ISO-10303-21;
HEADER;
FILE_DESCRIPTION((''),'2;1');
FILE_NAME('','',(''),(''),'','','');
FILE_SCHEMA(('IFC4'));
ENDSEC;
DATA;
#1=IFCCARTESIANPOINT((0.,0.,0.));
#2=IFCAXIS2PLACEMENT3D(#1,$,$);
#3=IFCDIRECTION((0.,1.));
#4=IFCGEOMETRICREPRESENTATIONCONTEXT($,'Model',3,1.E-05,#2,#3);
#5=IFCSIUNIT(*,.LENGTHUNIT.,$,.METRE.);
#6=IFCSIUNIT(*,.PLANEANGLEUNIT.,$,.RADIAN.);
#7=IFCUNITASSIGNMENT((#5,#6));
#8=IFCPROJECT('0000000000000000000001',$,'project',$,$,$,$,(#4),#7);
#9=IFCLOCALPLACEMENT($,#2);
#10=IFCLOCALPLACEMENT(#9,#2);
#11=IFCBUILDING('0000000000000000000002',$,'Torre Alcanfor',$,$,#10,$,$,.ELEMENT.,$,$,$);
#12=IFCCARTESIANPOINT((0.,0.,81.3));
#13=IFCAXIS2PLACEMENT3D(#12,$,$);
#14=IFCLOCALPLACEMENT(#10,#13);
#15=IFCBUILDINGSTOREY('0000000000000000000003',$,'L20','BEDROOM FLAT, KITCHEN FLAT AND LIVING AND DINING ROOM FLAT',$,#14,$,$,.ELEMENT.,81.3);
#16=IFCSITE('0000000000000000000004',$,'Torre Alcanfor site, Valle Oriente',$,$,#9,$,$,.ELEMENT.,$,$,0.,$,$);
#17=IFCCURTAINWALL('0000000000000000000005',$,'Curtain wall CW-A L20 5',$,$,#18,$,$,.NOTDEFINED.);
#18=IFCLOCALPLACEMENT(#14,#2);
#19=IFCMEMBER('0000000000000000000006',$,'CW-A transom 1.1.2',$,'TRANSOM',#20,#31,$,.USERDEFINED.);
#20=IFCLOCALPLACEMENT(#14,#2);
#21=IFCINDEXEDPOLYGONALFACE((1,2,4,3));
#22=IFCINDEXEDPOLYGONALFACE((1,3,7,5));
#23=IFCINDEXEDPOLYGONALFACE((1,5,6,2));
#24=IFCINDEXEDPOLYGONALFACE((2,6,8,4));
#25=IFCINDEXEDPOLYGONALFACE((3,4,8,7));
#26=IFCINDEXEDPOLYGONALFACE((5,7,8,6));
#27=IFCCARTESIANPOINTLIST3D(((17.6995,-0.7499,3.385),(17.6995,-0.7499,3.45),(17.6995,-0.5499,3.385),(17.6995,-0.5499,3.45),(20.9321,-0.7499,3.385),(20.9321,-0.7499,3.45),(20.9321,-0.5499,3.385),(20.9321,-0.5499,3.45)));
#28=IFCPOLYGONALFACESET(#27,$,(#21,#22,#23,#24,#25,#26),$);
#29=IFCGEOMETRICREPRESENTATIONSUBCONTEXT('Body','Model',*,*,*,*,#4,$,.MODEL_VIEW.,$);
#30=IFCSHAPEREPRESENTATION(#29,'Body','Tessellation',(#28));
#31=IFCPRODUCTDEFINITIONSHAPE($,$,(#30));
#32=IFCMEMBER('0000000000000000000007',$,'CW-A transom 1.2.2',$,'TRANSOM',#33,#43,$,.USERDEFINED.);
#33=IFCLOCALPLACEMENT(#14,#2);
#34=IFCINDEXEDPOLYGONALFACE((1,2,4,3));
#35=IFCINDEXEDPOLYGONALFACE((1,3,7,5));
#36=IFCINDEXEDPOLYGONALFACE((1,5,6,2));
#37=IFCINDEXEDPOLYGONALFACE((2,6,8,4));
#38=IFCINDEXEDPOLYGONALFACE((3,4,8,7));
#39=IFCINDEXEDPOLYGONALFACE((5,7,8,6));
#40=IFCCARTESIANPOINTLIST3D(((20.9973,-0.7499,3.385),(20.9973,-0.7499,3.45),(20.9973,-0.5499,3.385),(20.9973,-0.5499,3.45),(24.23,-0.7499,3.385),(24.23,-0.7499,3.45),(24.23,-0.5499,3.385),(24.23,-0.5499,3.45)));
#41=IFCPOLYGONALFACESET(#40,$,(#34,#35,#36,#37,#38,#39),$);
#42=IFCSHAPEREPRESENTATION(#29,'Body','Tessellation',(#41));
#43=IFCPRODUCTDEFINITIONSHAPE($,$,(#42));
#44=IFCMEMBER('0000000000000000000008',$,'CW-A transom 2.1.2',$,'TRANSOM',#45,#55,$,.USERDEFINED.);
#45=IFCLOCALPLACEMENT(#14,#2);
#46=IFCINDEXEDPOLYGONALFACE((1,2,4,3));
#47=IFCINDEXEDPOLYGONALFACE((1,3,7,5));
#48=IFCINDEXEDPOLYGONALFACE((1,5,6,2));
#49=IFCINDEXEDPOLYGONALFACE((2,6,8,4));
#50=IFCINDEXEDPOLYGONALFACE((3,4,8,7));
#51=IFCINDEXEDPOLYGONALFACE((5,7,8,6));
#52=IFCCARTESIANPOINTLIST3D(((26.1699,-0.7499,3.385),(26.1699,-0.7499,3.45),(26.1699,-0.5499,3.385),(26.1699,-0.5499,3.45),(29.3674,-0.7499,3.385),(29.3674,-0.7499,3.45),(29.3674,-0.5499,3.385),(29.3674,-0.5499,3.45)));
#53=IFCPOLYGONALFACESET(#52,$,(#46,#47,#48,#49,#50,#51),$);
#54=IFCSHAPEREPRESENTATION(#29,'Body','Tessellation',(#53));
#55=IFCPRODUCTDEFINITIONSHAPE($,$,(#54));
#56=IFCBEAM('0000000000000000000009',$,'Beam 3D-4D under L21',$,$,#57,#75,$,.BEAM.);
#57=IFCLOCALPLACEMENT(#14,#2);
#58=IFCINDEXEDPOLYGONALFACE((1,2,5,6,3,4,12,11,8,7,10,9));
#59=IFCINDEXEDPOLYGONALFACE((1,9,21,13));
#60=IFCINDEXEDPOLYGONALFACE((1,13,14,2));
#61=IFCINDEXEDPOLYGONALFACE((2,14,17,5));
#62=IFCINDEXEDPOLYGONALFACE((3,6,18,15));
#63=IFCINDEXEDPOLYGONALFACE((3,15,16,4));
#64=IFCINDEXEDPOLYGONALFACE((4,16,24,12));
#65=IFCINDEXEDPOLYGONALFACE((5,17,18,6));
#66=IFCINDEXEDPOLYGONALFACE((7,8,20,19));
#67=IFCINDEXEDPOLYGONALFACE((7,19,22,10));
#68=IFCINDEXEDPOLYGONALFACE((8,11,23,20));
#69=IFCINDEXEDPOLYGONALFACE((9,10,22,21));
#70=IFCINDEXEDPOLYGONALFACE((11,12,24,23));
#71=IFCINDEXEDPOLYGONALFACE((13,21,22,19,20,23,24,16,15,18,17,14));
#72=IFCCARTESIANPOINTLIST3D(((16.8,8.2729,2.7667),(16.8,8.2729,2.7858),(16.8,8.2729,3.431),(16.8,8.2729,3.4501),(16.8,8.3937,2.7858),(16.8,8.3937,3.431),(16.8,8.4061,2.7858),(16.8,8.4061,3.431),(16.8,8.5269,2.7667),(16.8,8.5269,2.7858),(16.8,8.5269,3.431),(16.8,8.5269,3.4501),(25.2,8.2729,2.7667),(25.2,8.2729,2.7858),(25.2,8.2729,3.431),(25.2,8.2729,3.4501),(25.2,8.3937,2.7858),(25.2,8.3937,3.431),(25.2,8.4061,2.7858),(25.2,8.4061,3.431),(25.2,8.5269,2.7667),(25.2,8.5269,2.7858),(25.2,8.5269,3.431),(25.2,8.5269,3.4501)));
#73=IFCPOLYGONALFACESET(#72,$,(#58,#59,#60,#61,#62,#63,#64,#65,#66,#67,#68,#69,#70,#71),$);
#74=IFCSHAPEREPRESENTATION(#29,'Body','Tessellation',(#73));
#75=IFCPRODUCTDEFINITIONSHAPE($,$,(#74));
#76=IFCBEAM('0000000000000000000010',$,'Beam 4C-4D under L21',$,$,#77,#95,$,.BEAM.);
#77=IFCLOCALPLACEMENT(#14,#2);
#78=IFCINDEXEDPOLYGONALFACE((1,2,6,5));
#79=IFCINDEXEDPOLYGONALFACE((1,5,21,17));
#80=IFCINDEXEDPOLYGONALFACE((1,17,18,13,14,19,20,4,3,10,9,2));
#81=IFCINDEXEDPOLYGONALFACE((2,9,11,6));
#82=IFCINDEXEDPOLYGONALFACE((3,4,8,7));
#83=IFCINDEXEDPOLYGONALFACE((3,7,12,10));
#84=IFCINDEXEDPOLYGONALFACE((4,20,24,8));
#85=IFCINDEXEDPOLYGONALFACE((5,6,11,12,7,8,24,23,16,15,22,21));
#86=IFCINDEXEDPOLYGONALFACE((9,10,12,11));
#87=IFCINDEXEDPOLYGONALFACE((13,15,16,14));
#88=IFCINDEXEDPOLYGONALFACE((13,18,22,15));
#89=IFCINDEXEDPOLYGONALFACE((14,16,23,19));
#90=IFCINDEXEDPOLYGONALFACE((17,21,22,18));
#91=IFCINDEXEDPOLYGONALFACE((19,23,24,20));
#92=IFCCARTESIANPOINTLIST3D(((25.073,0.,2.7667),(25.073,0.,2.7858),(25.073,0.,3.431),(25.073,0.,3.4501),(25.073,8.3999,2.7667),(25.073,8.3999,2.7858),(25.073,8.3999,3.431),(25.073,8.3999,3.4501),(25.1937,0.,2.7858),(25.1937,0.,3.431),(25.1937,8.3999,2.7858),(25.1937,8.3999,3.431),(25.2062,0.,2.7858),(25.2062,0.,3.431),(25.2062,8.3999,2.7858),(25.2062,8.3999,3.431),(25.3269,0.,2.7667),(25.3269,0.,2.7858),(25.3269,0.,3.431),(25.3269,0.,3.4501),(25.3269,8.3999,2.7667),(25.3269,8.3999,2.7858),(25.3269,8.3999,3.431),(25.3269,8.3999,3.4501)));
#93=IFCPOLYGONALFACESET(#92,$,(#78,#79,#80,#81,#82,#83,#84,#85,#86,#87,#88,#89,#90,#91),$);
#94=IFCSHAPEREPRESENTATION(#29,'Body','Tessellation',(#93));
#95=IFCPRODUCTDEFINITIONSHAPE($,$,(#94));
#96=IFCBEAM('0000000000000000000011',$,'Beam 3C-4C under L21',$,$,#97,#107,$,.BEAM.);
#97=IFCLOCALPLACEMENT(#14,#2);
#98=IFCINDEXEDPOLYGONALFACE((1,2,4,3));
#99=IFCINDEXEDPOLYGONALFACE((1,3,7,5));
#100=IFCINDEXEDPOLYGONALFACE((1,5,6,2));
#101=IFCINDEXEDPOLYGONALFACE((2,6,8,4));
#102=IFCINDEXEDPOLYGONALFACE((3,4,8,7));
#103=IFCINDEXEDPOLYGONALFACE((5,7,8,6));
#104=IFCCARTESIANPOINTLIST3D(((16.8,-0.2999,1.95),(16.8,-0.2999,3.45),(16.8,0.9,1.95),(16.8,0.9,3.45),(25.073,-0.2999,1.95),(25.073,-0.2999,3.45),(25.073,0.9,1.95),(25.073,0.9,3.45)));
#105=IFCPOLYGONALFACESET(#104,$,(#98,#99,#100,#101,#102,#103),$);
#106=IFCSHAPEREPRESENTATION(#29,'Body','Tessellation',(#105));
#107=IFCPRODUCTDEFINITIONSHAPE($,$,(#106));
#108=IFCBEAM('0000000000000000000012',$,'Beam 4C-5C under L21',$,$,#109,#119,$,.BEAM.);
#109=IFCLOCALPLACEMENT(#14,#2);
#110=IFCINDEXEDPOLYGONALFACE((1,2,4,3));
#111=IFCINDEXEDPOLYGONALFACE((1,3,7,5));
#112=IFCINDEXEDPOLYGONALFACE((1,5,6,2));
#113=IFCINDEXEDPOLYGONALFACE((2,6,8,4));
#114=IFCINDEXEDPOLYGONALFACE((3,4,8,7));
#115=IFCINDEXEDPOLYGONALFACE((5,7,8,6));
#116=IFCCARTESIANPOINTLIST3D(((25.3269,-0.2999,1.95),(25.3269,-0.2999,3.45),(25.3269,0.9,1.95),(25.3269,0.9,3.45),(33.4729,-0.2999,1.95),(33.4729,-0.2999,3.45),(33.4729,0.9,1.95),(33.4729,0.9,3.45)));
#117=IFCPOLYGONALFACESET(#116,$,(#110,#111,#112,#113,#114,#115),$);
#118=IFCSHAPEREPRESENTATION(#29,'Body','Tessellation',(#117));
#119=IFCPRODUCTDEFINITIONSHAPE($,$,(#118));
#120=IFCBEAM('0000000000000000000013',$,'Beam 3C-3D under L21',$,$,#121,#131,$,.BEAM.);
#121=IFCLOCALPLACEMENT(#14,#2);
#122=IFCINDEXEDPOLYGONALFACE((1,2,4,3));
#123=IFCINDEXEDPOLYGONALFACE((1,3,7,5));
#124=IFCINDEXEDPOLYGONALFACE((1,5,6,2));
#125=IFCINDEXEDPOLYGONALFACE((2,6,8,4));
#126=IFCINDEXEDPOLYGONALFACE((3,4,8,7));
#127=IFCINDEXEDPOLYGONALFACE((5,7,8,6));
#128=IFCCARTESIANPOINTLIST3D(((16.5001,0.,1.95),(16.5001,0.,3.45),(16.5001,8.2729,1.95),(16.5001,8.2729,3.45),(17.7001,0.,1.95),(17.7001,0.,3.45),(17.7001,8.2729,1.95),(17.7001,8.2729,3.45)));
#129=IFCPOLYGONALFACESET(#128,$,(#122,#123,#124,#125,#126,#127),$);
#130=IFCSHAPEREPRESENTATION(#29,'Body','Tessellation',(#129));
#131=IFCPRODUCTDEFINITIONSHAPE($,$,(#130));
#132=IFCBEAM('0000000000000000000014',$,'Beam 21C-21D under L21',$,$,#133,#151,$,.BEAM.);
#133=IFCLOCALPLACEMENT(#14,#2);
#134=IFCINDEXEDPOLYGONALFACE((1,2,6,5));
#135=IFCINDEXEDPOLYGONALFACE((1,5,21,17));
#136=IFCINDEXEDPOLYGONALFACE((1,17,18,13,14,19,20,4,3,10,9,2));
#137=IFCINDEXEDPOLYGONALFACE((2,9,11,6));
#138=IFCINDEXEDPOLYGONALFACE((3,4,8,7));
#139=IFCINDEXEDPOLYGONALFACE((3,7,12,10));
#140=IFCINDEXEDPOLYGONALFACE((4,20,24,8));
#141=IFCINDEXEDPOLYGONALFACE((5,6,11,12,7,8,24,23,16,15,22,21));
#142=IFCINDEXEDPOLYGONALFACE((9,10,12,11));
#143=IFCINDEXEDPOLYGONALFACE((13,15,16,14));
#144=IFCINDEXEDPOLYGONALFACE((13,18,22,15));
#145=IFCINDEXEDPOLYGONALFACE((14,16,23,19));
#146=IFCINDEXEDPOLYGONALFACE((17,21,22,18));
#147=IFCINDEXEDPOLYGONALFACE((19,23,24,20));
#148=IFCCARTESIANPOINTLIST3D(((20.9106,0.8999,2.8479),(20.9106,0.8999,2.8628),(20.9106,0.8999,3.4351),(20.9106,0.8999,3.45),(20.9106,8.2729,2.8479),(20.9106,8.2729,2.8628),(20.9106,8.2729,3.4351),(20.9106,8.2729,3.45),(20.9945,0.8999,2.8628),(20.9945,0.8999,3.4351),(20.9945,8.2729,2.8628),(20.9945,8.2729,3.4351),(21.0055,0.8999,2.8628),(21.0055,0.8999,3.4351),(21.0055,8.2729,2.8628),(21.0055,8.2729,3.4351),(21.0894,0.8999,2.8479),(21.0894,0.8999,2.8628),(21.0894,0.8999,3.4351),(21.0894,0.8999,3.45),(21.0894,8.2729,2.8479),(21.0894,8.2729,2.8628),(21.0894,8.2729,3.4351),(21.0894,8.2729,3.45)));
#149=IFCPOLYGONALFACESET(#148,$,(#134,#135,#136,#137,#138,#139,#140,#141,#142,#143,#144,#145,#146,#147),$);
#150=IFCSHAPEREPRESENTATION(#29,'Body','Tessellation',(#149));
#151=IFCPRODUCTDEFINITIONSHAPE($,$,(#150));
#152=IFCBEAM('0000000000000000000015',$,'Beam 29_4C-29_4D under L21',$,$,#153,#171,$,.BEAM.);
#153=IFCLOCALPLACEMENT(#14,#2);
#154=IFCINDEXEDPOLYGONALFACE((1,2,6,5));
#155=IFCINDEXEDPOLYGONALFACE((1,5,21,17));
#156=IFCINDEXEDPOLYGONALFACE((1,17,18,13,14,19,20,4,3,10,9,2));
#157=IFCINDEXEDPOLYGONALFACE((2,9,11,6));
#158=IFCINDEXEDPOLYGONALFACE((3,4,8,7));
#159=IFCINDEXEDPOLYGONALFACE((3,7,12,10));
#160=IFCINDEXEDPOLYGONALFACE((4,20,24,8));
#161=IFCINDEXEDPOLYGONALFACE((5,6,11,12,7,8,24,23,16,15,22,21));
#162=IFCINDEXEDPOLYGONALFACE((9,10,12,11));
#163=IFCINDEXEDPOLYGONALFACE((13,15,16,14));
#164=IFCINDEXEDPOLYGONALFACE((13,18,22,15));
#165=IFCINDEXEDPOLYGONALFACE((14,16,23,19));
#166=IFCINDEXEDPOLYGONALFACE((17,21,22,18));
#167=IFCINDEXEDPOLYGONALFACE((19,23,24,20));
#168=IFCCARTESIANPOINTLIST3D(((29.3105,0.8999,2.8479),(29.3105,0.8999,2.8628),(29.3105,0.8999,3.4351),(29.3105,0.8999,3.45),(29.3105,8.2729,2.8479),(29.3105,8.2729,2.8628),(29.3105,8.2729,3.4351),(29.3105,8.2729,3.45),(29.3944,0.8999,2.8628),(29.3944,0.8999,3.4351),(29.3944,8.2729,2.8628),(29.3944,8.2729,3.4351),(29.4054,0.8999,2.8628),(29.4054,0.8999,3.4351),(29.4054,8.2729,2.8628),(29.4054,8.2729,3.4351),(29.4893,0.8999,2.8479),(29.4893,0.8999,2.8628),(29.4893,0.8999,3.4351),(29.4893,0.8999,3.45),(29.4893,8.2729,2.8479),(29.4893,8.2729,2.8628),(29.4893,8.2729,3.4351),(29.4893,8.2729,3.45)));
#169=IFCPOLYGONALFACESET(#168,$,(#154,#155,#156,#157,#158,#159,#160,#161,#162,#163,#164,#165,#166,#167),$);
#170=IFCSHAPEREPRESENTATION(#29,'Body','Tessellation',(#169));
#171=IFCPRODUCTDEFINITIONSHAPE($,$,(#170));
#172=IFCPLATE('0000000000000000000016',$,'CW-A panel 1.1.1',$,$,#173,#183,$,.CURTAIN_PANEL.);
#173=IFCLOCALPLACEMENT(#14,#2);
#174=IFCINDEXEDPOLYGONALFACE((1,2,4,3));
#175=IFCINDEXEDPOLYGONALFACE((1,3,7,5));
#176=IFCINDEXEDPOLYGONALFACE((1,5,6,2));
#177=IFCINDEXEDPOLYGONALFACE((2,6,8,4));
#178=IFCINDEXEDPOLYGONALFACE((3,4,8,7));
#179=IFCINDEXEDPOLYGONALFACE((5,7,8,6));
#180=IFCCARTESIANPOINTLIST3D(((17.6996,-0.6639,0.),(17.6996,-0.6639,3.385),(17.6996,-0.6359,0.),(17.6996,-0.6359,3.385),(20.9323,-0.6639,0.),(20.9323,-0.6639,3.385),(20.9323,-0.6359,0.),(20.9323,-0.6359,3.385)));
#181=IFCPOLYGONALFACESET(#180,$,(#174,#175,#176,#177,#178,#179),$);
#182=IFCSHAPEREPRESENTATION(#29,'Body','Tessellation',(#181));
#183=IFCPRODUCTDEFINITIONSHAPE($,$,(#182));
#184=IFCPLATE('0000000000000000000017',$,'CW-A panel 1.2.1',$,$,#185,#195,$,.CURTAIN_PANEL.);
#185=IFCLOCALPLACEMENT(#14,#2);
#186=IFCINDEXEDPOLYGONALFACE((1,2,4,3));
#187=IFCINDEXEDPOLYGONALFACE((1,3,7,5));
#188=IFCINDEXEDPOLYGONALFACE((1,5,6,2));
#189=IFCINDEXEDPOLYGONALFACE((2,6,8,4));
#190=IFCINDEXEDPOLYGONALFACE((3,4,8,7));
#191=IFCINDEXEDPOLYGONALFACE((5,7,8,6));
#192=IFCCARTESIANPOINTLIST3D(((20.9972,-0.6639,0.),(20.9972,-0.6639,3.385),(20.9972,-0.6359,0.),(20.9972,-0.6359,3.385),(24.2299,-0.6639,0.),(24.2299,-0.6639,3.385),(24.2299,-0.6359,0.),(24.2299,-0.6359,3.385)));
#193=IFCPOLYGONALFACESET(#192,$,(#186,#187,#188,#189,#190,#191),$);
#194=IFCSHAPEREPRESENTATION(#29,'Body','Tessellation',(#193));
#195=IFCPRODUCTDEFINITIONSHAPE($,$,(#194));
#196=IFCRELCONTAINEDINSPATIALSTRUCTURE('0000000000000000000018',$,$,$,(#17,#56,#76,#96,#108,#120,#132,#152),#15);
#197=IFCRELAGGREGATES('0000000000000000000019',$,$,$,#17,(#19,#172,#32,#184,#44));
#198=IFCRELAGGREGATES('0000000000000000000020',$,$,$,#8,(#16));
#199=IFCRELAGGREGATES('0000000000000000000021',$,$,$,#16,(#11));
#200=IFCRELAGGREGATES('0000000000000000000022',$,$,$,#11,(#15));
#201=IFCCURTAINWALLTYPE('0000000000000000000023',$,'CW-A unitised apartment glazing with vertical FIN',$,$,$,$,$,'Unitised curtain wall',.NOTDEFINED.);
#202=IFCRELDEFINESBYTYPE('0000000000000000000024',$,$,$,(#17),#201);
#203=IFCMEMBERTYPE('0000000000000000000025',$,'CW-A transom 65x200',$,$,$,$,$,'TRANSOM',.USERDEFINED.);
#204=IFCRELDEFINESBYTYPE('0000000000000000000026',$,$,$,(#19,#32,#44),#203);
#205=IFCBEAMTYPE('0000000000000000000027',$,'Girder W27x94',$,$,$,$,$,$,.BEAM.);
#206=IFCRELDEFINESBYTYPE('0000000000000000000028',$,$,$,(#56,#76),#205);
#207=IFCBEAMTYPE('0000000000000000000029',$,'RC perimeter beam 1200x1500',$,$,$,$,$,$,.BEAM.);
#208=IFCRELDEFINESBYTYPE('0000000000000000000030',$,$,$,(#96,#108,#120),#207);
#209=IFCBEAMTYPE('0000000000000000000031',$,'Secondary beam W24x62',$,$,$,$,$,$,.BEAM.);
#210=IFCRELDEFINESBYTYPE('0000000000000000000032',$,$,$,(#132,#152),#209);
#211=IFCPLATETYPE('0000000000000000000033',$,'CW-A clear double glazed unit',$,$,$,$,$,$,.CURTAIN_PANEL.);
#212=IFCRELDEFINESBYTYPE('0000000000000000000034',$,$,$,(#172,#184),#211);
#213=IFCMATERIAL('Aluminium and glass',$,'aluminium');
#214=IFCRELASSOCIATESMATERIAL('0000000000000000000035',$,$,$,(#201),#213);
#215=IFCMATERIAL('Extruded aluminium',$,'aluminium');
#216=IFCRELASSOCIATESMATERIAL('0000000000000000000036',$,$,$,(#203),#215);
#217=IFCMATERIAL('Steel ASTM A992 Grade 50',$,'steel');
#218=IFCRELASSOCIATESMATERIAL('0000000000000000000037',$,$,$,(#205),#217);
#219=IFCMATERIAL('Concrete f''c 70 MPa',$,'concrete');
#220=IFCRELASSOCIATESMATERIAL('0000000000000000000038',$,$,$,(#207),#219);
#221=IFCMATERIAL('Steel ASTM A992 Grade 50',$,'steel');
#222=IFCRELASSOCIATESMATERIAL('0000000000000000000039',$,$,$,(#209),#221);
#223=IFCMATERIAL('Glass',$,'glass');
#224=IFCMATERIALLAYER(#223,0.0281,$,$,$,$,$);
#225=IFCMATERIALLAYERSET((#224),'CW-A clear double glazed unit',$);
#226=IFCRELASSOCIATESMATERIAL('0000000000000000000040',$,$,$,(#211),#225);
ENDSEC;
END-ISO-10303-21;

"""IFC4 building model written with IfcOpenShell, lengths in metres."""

from ifc_helpers import new_model, si_unit, direction, frame, origin, origin_2d, place, context, subcontext, project, spatial, rectangle, i_section, extrude, material, layer, layer_set, material_profile, profile_set, type_object, element, aggregate, save


model = new_model("IFC4")

# Units and contexts
model_context = context("Model", 3, precision=1e-05, world=origin(), true_north=direction((0.0, 1.0)))
body_context = subcontext(model_context, "Body", "Model", "MODEL_VIEW")
ifc_project = project(units=[si_unit("LENGTHUNIT", "METRE"), si_unit("PLANEANGLEUNIT", "RADIAN")], contexts=[model_context])

# Site, building, storey
site_placement = place(None, origin())
site = spatial("IfcSite", under=ifc_project, at=site_placement, Name="Torre Alcanfor site, Valle Oriente", CompositionType="ELEMENT", RefElevation=0.0)
building_placement = place(site_placement, origin())
building = spatial("IfcBuilding", under=site, at=building_placement, Name="Torre Alcanfor", CompositionType="ELEMENT")
storey_placement = place(building_placement, frame((0.0, 0.0, 81.3)))
storey = spatial("IfcBuildingStorey", under=building, at=storey_placement, Name="L20", Description="BEDROOM FLAT, KITCHEN FLAT AND LIVING AND DINING ROOM FLAT", CompositionType="ELEMENT", Elevation=81.3)

# Curtain wall, members
ifc_material_1 = material(Name="Aluminium and glass", Category="aluminium")
curtain_wall_type = type_object("IfcCurtainWallType", Name="CW-A unitised apartment glazing with vertical FIN", ElementType="Unitised curtain wall", PredefinedType="NOTDEFINED", material=ifc_material_1)
curtain_wall_placement = place(storey_placement, origin())
curtain_wall = element("IfcCurtainWall", 1, at=curtain_wall_placement, inside=storey, type_object=curtain_wall_type, Name="Curtain wall CW-A L20 5", PredefinedType="NOTDEFINED")
ifc_material_2 = material(Name="Extruded aluminium", Category="aluminium")
ifc_material_profile_1 = material_profile(ifc_material_2, rectangle(XDim=0.2, YDim=0.0649, at=origin_2d()), Name="CW-A transom 200x65")
ifc_profile_set_1 = profile_set([ifc_material_profile_1], Name="Extruded aluminium")
member_type_1 = type_object("IfcMemberType", Name="CW-A transom 65x200", ElementType="TRANSOM", PredefinedType="USERDEFINED", material=ifc_profile_set_1)
member_1_placement = place(storey_placement, frame((17.6995, -0.6499, 3.4175), z_axis=(1.0, 0.0, 0.0), x_axis=(0.0, 1.0, 0.0)))
member_1 = element("IfcMember", 2, at=member_1_placement, type_object=member_type_1, Name="CW-A transom 1.1.2", ObjectType="TRANSOM", PredefinedType="USERDEFINED", context=body_context, shape_type="SweptSolid", body=[
    extrude(rectangle(XDim=0.2, YDim=0.0649, at=origin_2d()), origin(), (0.0, 0.0, 1.0), 3.2327),
])
member_2_placement = place(storey_placement, frame((20.9973, -0.6499, 3.4175), z_axis=(1.0, 0.0, 0.0), x_axis=(0.0, 1.0, 0.0)))
member_2 = element("IfcMember", 3, at=member_2_placement, type_object=member_type_1, Name="CW-A transom 1.2.2", ObjectType="TRANSOM", PredefinedType="USERDEFINED", context=body_context, shape_type="SweptSolid", body=[
    extrude(rectangle(XDim=0.2, YDim=0.0649, at=origin_2d()), origin(), (0.0, 0.0, 1.0), 3.2327),
])
member_3_placement = place(storey_placement, frame((26.1699, -0.6499, 3.4175), z_axis=(1.0, 0.0, 0.0), x_axis=(0.0, 1.0, 0.0)))
member_3 = element("IfcMember", 4, at=member_3_placement, type_object=member_type_1, Name="CW-A transom 2.1.2", ObjectType="TRANSOM", PredefinedType="USERDEFINED", context=body_context, shape_type="SweptSolid", body=[
    extrude(rectangle(XDim=0.2, YDim=0.0649, at=origin_2d()), origin(), (0.0, 0.0, 1.0), 3.1975),
])

# Beams
ifc_material_3 = material(Name="Steel ASTM A992 Grade 50", Category="steel")
ifc_material_profile_2 = material_profile(ifc_material_3, i_section(OverallWidth=0.2539, OverallDepth=0.6833, WebThickness=0.0125, FlangeThickness=0.019, at=origin_2d()), Name="W27x94")
ifc_profile_set_2 = profile_set([ifc_material_profile_2], Name="Steel ASTM A992 Grade 50")
beam_type_1 = type_object("IfcBeamType", Name="Girder W27x94", PredefinedType="BEAM", material=ifc_profile_set_2)
for number, where, z_axis, x_axis, name in (
    (5, (16.8, 8.3999, 3.1084), (1.0, 0.0, 0.0), (0.0, 1.0, 0.0), "Beam 3D-4D under L21"),
    (6, (25.2, 0.0, 3.1084), (0.0, 1.0, 0.0), (-1.0, 0.0, 0.0), "Beam 4C-4D under L21"),
):
    element("IfcBeam", number, at=place(storey_placement, frame(where, z_axis=z_axis, x_axis=x_axis)), inside=storey, type_object=beam_type_1, Name=name, PredefinedType="BEAM", context=body_context, shape_type="SweptSolid", body=[
        extrude(i_section(OverallWidth=0.2539, OverallDepth=0.6833, WebThickness=0.0125, FlangeThickness=0.019, at=origin_2d()), origin(), (0.0, 0.0, 1.0), 8.3999),
    ])
ifc_material_4 = material(Name="Concrete f'c 70 MPa", Category="concrete")
ifc_material_profile_3 = material_profile(ifc_material_4, rectangle(XDim=1.2, YDim=1.5, at=origin_2d()), Name="1200x1500")
ifc_profile_set_3 = profile_set([ifc_material_profile_3], Name="Concrete f'c 70 MPa")
beam_type_2 = type_object("IfcBeamType", Name="RC perimeter beam 1200x1500", PredefinedType="BEAM", material=ifc_profile_set_3)
beam_1_placement = place(storey_placement, frame((16.8, 0.3, 2.7), z_axis=(1.0, 0.0, 0.0), x_axis=(0.0, 1.0, 0.0)))
element("IfcBeam", 7, at=beam_1_placement, inside=storey, type_object=beam_type_2, Name="Beam 3C-4C under L21", PredefinedType="BEAM", context=body_context, shape_type="SweptSolid", body=[
    extrude(rectangle(XDim=1.2, YDim=1.5, at=origin_2d()), origin(), (0.0, 0.0, 1.0), 8.2729),
])
beam_2_placement = place(storey_placement, frame((25.3269, 0.3, 2.7), z_axis=(1.0, 0.0, 0.0), x_axis=(0.0, 1.0, 0.0)))
element("IfcBeam", 8, at=beam_2_placement, inside=storey, type_object=beam_type_2, Name="Beam 4C-5C under L21", PredefinedType="BEAM", context=body_context, shape_type="SweptSolid", body=[
    extrude(rectangle(XDim=1.2, YDim=1.5, at=origin_2d()), origin(), (0.0, 0.0, 1.0), 8.146),
])
beam_3_placement = place(storey_placement, frame((17.1001, 0.0, 2.7), z_axis=(0.0, 1.0, 0.0), x_axis=(-1.0, 0.0, 0.0)))
element("IfcBeam", 9, at=beam_3_placement, inside=storey, type_object=beam_type_2, Name="Beam 3C-3D under L21", PredefinedType="BEAM", context=body_context, shape_type="SweptSolid", body=[
    extrude(rectangle(XDim=1.2, YDim=1.5, at=origin_2d()), origin(), (0.0, 0.0, 1.0), 8.2729),
])
ifc_material_5 = material(Name="Steel ASTM A992 Grade 50", Category="steel")
ifc_material_profile_4 = material_profile(ifc_material_5, i_section(OverallWidth=0.1787, OverallDepth=0.6021, WebThickness=0.011, FlangeThickness=0.0149, at=origin_2d()), Name="W24x62")
ifc_profile_set_4 = profile_set([ifc_material_profile_4], Name="Steel ASTM A992 Grade 50")
beam_type_3 = type_object("IfcBeamType", Name="Secondary beam W24x62", PredefinedType="BEAM", material=ifc_profile_set_4)
for number, where, z_axis, x_axis, name in (
    (10, (21.0, 0.8999, 3.1489), (0.0, 1.0, 0.0), (-1.0, 0.0, 0.0), "Beam 21C-21D under L21"),
    (11, (29.3999, 0.8999, 3.1489), (0.0, 1.0, 0.0), (-1.0, 0.0, 0.0), "Beam 29_4C-29_4D under L21"),
):
    element("IfcBeam", number, at=place(storey_placement, frame(where, z_axis=z_axis, x_axis=x_axis)), inside=storey, type_object=beam_type_3, Name=name, PredefinedType="BEAM", context=body_context, shape_type="SweptSolid", body=[
        extrude(i_section(OverallWidth=0.1787, OverallDepth=0.6021, WebThickness=0.011, FlangeThickness=0.0149, at=origin_2d()), origin(), (0.0, 0.0, 1.0), 7.373),
    ])

# Plates
ifc_material_6 = material(Name="Glass", Category="glass")
ifc_layer_1 = layer(ifc_material_6, 0.0281)
ifc_layer_set_1 = layer_set([ifc_layer_1], Name="CW-A clear double glazed unit")
plate_type = type_object("IfcPlateType", Name="CW-A clear double glazed unit", PredefinedType="CURTAIN_PANEL", material=ifc_layer_set_1)
plate_1_placement = place(storey_placement, frame((19.3159, -0.6499, 0.0), z_axis=(0.0, 0.0, 1.0), x_axis=(1.0, 0.0, 0.0)))
plate_1 = element("IfcPlate", 12, at=plate_1_placement, type_object=plate_type, Name="CW-A panel 1.1.1", PredefinedType="CURTAIN_PANEL", context=body_context, shape_type="SweptSolid", body=[
    extrude(rectangle(XDim=3.2327, YDim=0.0281, at=origin_2d()), origin(), (0.0, 0.0, 1.0), 3.385),
])
plate_2_placement = place(storey_placement, frame((22.6135, -0.6499, 0.0), z_axis=(0.0, 0.0, 1.0), x_axis=(1.0, 0.0, 0.0)))
plate_2 = element("IfcPlate", 13, at=plate_2_placement, type_object=plate_type, Name="CW-A panel 1.2.1", PredefinedType="CURTAIN_PANEL", context=body_context, shape_type="SweptSolid", body=[
    extrude(rectangle(XDim=3.2327, YDim=0.0281, at=origin_2d()), origin(), (0.0, 0.0, 1.0), 3.385),
])
aggregate(curtain_wall, [member_1, plate_1, member_2, plate_2, member_3])

save(model, "model.ifc")
